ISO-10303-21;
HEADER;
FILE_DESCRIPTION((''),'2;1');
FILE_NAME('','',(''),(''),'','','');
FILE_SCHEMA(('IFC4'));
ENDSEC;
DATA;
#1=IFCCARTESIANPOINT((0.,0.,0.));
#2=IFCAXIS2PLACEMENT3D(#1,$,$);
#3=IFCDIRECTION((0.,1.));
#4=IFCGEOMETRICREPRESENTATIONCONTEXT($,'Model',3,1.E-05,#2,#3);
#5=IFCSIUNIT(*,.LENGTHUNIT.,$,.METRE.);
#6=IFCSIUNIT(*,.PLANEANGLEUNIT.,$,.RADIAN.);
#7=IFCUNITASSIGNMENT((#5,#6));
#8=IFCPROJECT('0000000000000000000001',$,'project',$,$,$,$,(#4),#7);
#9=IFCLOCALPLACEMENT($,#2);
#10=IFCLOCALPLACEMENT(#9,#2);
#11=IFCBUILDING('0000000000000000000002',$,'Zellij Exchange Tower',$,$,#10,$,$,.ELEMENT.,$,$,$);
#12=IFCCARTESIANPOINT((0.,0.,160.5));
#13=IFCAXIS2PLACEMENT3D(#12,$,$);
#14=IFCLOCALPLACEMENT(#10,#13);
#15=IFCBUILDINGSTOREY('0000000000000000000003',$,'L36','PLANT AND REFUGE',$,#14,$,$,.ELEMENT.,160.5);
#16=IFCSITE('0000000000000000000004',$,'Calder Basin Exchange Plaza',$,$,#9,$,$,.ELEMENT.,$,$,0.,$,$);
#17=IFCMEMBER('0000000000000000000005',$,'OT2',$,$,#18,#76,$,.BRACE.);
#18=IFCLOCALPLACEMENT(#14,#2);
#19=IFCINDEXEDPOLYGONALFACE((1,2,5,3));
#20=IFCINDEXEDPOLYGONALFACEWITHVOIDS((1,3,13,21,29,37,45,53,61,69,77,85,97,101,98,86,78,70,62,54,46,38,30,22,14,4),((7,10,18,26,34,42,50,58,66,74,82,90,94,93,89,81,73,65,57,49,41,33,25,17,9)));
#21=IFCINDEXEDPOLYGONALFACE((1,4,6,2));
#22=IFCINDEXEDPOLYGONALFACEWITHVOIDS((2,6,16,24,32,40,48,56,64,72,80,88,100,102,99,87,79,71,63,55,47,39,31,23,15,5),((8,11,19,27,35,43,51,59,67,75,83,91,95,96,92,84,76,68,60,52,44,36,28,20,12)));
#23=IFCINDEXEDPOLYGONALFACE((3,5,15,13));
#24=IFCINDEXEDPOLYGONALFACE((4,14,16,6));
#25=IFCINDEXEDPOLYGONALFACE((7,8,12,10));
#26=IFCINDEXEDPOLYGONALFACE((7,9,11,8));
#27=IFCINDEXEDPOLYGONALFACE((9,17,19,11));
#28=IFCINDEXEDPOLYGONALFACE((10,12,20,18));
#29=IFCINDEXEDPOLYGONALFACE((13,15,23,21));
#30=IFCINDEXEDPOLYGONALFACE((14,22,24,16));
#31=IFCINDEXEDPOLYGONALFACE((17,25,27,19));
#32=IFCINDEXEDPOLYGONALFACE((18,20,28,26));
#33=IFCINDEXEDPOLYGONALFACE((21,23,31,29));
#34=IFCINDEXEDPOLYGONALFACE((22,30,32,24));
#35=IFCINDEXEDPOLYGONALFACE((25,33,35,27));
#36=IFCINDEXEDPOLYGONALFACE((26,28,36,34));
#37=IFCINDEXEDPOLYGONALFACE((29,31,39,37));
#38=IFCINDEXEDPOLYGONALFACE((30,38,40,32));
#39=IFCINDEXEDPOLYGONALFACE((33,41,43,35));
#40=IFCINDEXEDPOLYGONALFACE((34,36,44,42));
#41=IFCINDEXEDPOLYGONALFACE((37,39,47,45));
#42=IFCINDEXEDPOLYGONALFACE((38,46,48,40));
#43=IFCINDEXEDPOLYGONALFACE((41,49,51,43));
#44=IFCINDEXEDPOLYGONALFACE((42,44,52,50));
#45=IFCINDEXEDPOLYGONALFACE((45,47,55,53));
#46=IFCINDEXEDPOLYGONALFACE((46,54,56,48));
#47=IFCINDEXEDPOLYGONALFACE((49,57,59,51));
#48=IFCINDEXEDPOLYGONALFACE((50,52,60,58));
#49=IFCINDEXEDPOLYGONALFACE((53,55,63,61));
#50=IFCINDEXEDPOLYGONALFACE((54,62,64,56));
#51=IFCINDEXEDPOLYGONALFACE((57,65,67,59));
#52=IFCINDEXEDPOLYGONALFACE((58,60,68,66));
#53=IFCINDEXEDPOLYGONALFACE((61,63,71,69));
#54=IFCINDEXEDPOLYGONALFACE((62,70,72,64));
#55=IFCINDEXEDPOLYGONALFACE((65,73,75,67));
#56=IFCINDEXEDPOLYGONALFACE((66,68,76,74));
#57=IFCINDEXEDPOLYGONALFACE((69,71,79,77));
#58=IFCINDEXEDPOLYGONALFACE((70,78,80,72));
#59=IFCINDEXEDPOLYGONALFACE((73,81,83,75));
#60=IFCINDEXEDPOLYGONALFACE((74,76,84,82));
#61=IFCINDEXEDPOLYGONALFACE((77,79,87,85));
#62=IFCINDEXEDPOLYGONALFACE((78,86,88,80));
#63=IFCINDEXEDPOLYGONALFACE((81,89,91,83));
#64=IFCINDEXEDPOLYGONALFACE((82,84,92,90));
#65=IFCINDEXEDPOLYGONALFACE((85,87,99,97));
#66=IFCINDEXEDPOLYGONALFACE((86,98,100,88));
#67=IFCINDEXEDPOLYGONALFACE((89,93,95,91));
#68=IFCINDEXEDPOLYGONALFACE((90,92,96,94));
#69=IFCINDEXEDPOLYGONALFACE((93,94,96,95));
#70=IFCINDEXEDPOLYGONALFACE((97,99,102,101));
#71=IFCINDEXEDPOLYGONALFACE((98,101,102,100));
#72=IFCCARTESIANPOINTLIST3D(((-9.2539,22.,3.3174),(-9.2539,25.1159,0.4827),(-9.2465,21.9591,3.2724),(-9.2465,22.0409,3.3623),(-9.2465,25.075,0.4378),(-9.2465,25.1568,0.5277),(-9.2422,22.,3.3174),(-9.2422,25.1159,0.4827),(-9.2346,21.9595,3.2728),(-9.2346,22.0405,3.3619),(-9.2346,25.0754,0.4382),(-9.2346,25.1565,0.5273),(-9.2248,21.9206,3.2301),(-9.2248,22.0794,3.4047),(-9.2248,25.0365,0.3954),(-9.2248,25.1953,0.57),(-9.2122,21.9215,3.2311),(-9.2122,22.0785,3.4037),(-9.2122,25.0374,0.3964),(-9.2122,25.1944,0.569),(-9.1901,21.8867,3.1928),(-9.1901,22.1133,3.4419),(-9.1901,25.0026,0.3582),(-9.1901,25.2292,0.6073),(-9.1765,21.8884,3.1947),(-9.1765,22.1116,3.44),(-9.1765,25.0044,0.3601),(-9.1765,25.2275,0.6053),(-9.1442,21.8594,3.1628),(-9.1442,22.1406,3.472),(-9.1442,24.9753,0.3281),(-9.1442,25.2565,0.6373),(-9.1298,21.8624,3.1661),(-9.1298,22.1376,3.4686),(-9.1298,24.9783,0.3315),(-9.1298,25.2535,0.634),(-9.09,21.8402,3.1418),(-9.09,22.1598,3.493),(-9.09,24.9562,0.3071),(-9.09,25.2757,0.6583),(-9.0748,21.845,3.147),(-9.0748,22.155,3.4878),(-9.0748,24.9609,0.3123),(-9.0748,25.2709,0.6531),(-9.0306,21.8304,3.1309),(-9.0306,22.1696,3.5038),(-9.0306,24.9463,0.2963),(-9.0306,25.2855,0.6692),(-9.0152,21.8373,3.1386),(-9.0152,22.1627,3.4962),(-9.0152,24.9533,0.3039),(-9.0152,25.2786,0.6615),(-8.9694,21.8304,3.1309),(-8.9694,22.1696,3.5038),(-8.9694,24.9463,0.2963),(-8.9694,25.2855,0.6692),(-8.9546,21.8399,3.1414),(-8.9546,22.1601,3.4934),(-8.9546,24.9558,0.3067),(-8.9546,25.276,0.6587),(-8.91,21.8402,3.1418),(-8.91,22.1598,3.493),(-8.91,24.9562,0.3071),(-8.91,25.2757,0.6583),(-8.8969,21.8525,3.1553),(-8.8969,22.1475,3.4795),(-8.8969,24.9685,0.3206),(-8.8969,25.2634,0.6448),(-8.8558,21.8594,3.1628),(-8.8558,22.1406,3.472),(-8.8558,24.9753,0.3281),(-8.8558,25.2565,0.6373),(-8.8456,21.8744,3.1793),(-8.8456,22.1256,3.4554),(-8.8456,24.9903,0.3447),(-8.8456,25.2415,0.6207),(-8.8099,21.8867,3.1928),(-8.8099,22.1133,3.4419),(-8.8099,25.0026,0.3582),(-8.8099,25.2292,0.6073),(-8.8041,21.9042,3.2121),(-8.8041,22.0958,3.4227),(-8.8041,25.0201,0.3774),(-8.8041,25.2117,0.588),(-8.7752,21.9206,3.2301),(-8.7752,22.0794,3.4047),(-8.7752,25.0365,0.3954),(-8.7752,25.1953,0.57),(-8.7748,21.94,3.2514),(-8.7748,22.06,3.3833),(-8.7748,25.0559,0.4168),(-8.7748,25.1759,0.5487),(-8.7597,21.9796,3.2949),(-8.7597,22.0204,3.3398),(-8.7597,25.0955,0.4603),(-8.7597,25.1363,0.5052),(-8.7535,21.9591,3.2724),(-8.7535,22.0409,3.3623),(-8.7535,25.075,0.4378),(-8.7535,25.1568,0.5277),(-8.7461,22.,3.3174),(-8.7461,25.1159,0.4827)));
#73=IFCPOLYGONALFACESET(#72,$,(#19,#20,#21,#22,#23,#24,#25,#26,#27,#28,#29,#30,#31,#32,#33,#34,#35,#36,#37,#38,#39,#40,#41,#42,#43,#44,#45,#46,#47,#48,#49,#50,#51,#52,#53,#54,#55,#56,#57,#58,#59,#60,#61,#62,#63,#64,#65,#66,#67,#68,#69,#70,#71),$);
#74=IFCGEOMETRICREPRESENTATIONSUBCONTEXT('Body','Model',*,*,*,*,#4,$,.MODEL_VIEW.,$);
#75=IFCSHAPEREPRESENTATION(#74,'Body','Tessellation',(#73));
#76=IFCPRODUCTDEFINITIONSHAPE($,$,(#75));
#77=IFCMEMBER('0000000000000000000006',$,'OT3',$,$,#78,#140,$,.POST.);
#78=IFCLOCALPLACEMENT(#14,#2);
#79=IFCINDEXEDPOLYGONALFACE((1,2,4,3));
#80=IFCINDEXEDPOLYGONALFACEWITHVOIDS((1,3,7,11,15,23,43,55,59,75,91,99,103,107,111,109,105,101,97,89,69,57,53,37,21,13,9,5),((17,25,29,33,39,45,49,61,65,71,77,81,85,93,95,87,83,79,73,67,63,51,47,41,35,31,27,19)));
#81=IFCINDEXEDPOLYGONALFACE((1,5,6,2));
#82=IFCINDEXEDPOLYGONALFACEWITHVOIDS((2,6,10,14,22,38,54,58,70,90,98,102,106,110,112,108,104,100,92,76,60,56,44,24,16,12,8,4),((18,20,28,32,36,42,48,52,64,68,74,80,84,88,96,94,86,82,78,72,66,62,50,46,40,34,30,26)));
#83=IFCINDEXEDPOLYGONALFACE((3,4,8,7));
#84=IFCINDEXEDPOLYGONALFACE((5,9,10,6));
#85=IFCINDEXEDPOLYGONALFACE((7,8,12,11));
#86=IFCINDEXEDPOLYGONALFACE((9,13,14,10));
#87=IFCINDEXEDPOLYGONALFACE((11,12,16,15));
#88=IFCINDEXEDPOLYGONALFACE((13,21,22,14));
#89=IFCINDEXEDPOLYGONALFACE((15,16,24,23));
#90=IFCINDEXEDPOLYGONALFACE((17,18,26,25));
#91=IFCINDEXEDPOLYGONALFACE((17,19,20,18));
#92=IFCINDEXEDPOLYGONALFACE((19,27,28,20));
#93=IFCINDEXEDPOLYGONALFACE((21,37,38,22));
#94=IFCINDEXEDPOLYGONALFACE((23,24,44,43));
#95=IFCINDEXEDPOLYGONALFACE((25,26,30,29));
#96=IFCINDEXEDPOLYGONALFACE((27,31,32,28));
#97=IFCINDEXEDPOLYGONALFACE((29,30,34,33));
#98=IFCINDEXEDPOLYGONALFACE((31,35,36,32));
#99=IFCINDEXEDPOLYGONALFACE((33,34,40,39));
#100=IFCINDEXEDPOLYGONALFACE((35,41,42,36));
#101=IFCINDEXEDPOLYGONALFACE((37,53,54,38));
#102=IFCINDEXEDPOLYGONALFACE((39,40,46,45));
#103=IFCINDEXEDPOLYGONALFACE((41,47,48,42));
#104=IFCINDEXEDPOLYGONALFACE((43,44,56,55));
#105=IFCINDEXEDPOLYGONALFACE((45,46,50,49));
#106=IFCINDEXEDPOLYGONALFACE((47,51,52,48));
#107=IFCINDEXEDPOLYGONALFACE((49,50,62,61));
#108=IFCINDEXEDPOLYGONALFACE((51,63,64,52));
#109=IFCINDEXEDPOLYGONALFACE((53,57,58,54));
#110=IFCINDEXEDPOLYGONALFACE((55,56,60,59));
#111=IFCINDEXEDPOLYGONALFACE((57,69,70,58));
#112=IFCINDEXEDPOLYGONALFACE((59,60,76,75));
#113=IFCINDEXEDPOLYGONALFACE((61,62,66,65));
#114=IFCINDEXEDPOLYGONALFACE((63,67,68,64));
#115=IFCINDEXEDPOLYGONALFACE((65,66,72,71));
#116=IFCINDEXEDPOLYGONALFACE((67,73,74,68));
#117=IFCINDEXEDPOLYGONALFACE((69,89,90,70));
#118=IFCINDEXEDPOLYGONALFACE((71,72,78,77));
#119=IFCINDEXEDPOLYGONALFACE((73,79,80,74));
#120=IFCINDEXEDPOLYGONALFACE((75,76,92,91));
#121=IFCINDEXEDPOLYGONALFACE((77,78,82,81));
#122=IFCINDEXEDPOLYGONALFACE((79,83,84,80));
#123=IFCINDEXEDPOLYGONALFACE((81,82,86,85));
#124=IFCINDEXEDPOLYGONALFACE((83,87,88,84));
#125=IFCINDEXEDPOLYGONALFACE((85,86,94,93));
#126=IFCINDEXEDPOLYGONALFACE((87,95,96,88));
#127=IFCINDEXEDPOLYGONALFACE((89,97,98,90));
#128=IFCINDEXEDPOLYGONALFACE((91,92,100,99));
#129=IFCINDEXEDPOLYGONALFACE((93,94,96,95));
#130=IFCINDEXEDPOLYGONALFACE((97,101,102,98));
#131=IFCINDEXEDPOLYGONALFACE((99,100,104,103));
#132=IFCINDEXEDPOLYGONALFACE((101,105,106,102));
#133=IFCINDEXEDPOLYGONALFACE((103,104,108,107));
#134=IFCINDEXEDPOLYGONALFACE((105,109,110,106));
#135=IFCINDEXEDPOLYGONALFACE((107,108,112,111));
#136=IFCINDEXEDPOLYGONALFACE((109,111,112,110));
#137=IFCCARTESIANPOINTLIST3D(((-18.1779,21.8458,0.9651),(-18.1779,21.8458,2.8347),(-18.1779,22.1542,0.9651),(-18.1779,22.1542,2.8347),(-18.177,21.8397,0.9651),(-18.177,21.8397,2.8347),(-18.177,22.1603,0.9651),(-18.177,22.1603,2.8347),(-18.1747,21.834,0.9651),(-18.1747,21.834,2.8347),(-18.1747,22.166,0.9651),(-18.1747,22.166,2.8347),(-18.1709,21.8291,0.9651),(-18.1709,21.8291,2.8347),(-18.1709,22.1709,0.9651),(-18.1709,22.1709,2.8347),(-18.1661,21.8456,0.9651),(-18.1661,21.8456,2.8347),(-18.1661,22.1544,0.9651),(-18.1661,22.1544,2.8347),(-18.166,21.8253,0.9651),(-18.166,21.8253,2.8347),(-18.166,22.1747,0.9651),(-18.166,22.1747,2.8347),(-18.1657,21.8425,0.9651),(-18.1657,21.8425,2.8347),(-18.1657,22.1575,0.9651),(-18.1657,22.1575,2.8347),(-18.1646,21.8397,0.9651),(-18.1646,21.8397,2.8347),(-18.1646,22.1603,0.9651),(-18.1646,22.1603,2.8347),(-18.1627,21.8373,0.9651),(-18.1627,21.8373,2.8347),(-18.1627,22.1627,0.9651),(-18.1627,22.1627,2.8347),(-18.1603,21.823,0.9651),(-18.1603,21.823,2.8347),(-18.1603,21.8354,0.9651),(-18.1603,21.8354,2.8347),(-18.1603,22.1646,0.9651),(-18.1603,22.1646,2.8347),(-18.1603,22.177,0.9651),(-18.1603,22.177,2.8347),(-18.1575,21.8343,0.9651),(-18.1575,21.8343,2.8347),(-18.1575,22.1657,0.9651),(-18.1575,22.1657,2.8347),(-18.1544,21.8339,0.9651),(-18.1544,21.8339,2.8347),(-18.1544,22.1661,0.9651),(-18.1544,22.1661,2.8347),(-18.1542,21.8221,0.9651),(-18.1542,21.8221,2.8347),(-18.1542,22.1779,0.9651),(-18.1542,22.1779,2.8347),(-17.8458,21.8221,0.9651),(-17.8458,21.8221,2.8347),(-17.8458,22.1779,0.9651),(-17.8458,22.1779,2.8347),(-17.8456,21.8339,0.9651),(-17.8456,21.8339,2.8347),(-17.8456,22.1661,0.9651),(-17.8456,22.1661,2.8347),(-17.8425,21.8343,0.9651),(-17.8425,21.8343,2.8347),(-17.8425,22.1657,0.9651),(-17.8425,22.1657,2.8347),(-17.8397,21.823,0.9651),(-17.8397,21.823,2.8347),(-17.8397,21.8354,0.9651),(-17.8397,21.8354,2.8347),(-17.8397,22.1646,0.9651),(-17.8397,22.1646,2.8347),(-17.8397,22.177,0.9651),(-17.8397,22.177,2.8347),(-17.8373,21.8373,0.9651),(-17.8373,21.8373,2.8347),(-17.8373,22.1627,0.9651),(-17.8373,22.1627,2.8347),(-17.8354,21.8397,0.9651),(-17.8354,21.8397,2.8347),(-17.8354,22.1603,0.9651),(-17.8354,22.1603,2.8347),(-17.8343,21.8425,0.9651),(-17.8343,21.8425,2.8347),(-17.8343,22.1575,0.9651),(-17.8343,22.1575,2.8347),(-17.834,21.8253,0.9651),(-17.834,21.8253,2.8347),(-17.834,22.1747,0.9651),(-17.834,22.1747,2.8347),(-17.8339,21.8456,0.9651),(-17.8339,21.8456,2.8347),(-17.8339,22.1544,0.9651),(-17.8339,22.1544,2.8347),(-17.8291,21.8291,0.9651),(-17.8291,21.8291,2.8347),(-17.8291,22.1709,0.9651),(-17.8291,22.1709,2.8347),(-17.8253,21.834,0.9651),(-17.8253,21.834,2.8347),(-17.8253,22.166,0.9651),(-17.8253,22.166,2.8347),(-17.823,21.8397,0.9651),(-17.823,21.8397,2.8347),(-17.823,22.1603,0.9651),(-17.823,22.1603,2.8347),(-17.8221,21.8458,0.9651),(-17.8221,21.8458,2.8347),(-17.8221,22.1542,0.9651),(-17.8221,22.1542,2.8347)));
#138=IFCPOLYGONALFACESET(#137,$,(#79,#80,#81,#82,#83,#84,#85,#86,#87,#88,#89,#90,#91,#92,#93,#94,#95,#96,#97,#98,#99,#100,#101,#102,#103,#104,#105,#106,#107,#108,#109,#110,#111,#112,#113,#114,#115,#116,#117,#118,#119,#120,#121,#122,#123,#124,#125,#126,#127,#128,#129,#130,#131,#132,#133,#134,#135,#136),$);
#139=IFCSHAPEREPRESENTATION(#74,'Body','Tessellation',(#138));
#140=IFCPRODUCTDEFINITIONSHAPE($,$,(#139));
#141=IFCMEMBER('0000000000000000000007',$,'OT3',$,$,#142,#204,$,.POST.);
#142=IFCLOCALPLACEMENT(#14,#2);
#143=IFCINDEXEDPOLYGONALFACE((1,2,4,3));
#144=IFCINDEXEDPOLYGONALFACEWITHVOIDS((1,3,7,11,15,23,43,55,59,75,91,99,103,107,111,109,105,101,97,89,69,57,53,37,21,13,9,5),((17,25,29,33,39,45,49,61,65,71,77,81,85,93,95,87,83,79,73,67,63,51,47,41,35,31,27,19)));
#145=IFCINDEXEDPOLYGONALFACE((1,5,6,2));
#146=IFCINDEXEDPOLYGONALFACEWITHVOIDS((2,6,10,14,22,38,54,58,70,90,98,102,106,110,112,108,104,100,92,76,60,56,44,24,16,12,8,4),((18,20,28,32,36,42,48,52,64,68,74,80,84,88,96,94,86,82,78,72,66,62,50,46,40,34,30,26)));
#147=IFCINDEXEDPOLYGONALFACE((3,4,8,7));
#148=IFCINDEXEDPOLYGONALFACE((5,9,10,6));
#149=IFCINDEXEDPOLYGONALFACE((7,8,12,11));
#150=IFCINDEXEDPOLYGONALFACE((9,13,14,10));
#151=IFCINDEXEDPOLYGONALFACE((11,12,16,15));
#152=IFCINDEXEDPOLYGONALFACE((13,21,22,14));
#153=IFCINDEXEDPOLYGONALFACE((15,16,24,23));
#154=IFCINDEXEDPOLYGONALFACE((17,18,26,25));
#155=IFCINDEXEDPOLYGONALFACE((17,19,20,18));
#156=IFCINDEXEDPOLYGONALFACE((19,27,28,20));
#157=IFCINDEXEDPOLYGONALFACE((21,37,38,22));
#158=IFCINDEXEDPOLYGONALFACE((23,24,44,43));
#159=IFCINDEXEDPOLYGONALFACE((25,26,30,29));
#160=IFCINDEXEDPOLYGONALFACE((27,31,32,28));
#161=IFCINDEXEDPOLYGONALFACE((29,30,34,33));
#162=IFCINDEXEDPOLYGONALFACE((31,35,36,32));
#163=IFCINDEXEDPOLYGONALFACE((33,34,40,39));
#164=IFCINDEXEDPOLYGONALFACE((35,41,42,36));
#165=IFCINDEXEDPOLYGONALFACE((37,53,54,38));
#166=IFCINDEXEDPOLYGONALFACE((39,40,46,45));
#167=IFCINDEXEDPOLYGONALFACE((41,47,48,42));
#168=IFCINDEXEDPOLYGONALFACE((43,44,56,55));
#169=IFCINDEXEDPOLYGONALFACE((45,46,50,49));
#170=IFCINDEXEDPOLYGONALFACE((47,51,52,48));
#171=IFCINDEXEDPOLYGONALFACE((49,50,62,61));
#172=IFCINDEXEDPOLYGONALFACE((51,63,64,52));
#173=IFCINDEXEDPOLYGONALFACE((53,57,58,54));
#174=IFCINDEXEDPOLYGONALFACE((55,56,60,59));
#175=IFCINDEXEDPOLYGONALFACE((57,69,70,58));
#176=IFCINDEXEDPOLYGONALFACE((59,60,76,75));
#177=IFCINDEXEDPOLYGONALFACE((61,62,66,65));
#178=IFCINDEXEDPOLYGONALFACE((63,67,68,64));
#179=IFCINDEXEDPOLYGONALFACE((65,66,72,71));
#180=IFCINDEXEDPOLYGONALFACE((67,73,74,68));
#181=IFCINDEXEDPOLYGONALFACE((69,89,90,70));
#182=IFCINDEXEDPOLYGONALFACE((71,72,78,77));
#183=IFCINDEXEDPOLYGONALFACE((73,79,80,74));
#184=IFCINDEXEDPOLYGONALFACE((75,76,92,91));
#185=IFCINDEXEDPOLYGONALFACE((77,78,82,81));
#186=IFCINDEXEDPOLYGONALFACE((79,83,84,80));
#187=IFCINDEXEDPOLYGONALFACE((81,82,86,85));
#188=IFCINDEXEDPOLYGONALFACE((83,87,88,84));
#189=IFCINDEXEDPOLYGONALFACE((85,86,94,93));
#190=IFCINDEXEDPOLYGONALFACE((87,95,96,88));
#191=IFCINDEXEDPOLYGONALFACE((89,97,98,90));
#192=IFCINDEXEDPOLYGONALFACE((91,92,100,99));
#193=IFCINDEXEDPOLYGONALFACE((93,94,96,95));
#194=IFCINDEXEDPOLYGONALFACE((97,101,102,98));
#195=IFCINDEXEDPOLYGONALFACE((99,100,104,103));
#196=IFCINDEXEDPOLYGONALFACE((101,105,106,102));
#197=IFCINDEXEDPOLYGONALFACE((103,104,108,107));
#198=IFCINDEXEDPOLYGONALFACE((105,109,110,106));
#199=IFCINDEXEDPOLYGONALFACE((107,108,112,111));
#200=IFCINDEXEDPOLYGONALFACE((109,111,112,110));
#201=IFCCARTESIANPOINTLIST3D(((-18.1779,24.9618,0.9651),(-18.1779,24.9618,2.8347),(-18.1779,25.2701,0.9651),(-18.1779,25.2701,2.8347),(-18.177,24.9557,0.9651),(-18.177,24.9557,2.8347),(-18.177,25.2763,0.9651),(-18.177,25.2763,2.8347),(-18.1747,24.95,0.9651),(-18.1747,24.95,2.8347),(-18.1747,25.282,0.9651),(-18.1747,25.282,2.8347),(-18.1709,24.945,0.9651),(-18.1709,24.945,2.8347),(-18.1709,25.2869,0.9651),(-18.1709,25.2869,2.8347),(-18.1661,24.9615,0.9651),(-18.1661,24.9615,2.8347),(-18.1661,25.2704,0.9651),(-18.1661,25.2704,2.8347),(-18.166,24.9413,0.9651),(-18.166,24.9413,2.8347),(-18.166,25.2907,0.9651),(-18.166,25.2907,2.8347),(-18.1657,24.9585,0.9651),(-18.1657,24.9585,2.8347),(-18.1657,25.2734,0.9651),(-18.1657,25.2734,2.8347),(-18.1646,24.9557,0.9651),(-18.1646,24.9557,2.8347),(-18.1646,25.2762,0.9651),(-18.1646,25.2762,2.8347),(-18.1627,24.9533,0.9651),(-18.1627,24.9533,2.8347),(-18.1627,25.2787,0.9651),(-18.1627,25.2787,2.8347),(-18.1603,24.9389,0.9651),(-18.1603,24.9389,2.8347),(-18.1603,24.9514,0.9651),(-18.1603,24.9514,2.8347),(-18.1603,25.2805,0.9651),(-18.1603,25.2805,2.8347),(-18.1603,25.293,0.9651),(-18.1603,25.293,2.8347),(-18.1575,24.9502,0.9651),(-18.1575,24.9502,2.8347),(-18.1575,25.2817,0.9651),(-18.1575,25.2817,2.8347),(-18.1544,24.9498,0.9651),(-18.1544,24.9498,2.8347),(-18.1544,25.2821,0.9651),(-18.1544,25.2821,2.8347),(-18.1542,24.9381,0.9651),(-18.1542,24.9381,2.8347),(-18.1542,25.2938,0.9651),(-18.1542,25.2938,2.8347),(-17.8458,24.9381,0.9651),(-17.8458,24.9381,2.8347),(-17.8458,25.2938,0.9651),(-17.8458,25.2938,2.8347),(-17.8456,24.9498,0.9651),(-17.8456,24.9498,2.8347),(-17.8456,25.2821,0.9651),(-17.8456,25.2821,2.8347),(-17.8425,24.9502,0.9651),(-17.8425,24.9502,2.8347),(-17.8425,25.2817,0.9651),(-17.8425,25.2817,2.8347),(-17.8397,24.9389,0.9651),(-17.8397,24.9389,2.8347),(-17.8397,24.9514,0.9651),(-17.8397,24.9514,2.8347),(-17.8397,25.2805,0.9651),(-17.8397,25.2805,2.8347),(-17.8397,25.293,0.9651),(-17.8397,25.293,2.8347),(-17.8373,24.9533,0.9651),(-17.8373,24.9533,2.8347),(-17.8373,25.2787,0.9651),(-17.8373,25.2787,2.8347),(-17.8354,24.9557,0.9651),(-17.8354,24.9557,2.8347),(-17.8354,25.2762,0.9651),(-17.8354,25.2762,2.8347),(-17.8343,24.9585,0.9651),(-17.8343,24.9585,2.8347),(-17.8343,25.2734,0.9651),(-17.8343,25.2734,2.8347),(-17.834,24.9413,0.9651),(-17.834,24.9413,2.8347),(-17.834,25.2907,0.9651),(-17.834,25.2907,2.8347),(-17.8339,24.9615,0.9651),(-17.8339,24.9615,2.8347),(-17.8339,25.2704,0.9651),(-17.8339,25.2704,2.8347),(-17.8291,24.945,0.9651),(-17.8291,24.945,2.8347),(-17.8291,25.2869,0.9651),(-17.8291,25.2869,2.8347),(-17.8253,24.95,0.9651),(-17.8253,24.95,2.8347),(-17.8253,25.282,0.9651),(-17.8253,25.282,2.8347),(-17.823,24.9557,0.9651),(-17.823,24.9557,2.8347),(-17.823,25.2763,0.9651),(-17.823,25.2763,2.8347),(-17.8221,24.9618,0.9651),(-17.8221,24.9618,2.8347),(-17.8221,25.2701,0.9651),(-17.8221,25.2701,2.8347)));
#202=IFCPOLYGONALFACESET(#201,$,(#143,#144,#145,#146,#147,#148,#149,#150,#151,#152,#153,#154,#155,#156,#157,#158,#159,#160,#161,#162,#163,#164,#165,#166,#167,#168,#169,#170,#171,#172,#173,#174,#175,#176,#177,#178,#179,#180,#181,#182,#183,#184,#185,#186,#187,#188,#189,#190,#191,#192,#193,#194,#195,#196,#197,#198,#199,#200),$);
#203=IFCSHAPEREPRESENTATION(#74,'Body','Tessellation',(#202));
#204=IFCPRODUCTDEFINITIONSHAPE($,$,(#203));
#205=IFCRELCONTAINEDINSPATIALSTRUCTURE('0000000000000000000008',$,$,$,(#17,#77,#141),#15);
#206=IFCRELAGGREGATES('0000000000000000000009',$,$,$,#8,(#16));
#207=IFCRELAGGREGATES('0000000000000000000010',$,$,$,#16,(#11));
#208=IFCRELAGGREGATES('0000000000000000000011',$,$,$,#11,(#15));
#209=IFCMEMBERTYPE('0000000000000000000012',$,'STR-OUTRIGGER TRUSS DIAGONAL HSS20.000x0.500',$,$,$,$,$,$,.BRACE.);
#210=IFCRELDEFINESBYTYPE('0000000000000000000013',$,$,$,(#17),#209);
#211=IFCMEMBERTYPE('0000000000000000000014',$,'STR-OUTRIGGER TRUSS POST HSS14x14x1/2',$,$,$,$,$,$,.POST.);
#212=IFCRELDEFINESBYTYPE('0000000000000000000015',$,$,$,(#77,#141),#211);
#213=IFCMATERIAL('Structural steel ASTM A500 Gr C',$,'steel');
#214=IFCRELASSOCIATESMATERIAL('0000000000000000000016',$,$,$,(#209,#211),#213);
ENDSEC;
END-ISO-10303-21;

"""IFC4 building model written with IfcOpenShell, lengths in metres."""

from ifc_helpers import new_model, si_unit, direction, frame, origin, origin_2d, place, context, subcontext, project, spatial, hollow_rectangle, hollow_circle, extrude, material, material_profile, profile_set, type_object, element, save


model = new_model("IFC4")

# Units and contexts
model_context = context("Model", 3, precision=1e-05, world=origin(), true_north=direction((0.0, 1.0)))
body_context = subcontext(model_context, "Body", "Model", "MODEL_VIEW")
ifc_project = project(units=[si_unit("LENGTHUNIT", "METRE"), si_unit("PLANEANGLEUNIT", "RADIAN")], contexts=[model_context])

# Site, building, storey
site_placement = place(None, origin())
site = spatial("IfcSite", under=ifc_project, at=site_placement, Name="Calder Basin Exchange Plaza", CompositionType="ELEMENT", RefElevation=0.0)
building_placement = place(site_placement, origin())
building = spatial("IfcBuilding", under=site, at=building_placement, Name="Zellij Exchange Tower", CompositionType="ELEMENT")
storey_placement = place(building_placement, frame((0.0, 0.0, 160.5)))
storey = spatial("IfcBuildingStorey", under=building, at=storey_placement, Name="L36", Description="PLANT AND REFUGE", CompositionType="ELEMENT", Elevation=160.5)

# Shared definitions
ifc_material_1 = material(Name="Structural steel ASTM A500 Gr C", Category="steel")

# Members
ifc_material_profile_1 = material_profile(ifc_material_1, hollow_circle(Radius=0.2539, WallThickness=0.0117, at=origin_2d()), Name="STR-OUTRIGGER TRUSS DIAGONAL HSS20.000x0.500")
ifc_profile_set_1 = profile_set([ifc_material_profile_1], Name="Structural steel ASTM A500 Gr C")
member_type_1 = type_object("IfcMemberType", Name="STR-OUTRIGGER TRUSS DIAGONAL HSS20.000x0.500", PredefinedType="BRACE", material=ifc_profile_set_1)
for number, where, z_axis, x_axis, name in (
    (1, (-9.0, 22.0, 3.3174), (0.0, 0.739701, -0.672935), (-1.0, 0.0, 0.0), "OT2"),
):
    element("IfcMember", number, at=place(storey_placement, frame(where, z_axis=z_axis, x_axis=x_axis)), inside=storey, type_object=member_type_1, Name=name, PredefinedType="BRACE", context=body_context, shape_type="SweptSolid", body=[
        extrude(hollow_circle(Radius=0.2539, WallThickness=0.0117, at=origin_2d()), origin(), (0.0, 0.0, 1.0), 4.2124),
    ])
ifc_material_profile_2 = material_profile(ifc_material_1, hollow_rectangle(XDim=0.3557, YDim=0.3557, WallThickness=0.0117, InnerFilletRadius=0.0117, OuterFilletRadius=0.0237, at=origin_2d()), Name="STR-OUTRIGGER TRUSS POST HSS14x14x1/2")
ifc_profile_set_2 = profile_set([ifc_material_profile_2], Name="Structural steel ASTM A500 Gr C")
member_type_2 = type_object("IfcMemberType", Name="STR-OUTRIGGER TRUSS POST HSS14x14x1/2", PredefinedType="POST", material=ifc_profile_set_2)
for number, where, z_axis, x_axis, name in (
    (2, (-18.0, 22.0, 0.9651), (0.0, 0.0, 1.0), (1.0, 0.0, 0.0), "OT3"),
    (3, (-18.0, 25.116, 0.9651), (0.0, 0.0, 1.0), (1.0, 0.0, 0.0), "OT3"),
):
    element("IfcMember", number, at=place(storey_placement, frame(where, z_axis=z_axis, x_axis=x_axis)), inside=storey, type_object=member_type_2, Name=name, PredefinedType="POST", context=body_context, shape_type="SweptSolid", body=[
        extrude(hollow_rectangle(XDim=0.3557, YDim=0.3557, WallThickness=0.0117, InnerFilletRadius=0.0117, OuterFilletRadius=0.0237, at=origin_2d()), origin(), (0.0, 0.0, 1.0), 1.8696),
    ])

save(model, "model.ifc")
